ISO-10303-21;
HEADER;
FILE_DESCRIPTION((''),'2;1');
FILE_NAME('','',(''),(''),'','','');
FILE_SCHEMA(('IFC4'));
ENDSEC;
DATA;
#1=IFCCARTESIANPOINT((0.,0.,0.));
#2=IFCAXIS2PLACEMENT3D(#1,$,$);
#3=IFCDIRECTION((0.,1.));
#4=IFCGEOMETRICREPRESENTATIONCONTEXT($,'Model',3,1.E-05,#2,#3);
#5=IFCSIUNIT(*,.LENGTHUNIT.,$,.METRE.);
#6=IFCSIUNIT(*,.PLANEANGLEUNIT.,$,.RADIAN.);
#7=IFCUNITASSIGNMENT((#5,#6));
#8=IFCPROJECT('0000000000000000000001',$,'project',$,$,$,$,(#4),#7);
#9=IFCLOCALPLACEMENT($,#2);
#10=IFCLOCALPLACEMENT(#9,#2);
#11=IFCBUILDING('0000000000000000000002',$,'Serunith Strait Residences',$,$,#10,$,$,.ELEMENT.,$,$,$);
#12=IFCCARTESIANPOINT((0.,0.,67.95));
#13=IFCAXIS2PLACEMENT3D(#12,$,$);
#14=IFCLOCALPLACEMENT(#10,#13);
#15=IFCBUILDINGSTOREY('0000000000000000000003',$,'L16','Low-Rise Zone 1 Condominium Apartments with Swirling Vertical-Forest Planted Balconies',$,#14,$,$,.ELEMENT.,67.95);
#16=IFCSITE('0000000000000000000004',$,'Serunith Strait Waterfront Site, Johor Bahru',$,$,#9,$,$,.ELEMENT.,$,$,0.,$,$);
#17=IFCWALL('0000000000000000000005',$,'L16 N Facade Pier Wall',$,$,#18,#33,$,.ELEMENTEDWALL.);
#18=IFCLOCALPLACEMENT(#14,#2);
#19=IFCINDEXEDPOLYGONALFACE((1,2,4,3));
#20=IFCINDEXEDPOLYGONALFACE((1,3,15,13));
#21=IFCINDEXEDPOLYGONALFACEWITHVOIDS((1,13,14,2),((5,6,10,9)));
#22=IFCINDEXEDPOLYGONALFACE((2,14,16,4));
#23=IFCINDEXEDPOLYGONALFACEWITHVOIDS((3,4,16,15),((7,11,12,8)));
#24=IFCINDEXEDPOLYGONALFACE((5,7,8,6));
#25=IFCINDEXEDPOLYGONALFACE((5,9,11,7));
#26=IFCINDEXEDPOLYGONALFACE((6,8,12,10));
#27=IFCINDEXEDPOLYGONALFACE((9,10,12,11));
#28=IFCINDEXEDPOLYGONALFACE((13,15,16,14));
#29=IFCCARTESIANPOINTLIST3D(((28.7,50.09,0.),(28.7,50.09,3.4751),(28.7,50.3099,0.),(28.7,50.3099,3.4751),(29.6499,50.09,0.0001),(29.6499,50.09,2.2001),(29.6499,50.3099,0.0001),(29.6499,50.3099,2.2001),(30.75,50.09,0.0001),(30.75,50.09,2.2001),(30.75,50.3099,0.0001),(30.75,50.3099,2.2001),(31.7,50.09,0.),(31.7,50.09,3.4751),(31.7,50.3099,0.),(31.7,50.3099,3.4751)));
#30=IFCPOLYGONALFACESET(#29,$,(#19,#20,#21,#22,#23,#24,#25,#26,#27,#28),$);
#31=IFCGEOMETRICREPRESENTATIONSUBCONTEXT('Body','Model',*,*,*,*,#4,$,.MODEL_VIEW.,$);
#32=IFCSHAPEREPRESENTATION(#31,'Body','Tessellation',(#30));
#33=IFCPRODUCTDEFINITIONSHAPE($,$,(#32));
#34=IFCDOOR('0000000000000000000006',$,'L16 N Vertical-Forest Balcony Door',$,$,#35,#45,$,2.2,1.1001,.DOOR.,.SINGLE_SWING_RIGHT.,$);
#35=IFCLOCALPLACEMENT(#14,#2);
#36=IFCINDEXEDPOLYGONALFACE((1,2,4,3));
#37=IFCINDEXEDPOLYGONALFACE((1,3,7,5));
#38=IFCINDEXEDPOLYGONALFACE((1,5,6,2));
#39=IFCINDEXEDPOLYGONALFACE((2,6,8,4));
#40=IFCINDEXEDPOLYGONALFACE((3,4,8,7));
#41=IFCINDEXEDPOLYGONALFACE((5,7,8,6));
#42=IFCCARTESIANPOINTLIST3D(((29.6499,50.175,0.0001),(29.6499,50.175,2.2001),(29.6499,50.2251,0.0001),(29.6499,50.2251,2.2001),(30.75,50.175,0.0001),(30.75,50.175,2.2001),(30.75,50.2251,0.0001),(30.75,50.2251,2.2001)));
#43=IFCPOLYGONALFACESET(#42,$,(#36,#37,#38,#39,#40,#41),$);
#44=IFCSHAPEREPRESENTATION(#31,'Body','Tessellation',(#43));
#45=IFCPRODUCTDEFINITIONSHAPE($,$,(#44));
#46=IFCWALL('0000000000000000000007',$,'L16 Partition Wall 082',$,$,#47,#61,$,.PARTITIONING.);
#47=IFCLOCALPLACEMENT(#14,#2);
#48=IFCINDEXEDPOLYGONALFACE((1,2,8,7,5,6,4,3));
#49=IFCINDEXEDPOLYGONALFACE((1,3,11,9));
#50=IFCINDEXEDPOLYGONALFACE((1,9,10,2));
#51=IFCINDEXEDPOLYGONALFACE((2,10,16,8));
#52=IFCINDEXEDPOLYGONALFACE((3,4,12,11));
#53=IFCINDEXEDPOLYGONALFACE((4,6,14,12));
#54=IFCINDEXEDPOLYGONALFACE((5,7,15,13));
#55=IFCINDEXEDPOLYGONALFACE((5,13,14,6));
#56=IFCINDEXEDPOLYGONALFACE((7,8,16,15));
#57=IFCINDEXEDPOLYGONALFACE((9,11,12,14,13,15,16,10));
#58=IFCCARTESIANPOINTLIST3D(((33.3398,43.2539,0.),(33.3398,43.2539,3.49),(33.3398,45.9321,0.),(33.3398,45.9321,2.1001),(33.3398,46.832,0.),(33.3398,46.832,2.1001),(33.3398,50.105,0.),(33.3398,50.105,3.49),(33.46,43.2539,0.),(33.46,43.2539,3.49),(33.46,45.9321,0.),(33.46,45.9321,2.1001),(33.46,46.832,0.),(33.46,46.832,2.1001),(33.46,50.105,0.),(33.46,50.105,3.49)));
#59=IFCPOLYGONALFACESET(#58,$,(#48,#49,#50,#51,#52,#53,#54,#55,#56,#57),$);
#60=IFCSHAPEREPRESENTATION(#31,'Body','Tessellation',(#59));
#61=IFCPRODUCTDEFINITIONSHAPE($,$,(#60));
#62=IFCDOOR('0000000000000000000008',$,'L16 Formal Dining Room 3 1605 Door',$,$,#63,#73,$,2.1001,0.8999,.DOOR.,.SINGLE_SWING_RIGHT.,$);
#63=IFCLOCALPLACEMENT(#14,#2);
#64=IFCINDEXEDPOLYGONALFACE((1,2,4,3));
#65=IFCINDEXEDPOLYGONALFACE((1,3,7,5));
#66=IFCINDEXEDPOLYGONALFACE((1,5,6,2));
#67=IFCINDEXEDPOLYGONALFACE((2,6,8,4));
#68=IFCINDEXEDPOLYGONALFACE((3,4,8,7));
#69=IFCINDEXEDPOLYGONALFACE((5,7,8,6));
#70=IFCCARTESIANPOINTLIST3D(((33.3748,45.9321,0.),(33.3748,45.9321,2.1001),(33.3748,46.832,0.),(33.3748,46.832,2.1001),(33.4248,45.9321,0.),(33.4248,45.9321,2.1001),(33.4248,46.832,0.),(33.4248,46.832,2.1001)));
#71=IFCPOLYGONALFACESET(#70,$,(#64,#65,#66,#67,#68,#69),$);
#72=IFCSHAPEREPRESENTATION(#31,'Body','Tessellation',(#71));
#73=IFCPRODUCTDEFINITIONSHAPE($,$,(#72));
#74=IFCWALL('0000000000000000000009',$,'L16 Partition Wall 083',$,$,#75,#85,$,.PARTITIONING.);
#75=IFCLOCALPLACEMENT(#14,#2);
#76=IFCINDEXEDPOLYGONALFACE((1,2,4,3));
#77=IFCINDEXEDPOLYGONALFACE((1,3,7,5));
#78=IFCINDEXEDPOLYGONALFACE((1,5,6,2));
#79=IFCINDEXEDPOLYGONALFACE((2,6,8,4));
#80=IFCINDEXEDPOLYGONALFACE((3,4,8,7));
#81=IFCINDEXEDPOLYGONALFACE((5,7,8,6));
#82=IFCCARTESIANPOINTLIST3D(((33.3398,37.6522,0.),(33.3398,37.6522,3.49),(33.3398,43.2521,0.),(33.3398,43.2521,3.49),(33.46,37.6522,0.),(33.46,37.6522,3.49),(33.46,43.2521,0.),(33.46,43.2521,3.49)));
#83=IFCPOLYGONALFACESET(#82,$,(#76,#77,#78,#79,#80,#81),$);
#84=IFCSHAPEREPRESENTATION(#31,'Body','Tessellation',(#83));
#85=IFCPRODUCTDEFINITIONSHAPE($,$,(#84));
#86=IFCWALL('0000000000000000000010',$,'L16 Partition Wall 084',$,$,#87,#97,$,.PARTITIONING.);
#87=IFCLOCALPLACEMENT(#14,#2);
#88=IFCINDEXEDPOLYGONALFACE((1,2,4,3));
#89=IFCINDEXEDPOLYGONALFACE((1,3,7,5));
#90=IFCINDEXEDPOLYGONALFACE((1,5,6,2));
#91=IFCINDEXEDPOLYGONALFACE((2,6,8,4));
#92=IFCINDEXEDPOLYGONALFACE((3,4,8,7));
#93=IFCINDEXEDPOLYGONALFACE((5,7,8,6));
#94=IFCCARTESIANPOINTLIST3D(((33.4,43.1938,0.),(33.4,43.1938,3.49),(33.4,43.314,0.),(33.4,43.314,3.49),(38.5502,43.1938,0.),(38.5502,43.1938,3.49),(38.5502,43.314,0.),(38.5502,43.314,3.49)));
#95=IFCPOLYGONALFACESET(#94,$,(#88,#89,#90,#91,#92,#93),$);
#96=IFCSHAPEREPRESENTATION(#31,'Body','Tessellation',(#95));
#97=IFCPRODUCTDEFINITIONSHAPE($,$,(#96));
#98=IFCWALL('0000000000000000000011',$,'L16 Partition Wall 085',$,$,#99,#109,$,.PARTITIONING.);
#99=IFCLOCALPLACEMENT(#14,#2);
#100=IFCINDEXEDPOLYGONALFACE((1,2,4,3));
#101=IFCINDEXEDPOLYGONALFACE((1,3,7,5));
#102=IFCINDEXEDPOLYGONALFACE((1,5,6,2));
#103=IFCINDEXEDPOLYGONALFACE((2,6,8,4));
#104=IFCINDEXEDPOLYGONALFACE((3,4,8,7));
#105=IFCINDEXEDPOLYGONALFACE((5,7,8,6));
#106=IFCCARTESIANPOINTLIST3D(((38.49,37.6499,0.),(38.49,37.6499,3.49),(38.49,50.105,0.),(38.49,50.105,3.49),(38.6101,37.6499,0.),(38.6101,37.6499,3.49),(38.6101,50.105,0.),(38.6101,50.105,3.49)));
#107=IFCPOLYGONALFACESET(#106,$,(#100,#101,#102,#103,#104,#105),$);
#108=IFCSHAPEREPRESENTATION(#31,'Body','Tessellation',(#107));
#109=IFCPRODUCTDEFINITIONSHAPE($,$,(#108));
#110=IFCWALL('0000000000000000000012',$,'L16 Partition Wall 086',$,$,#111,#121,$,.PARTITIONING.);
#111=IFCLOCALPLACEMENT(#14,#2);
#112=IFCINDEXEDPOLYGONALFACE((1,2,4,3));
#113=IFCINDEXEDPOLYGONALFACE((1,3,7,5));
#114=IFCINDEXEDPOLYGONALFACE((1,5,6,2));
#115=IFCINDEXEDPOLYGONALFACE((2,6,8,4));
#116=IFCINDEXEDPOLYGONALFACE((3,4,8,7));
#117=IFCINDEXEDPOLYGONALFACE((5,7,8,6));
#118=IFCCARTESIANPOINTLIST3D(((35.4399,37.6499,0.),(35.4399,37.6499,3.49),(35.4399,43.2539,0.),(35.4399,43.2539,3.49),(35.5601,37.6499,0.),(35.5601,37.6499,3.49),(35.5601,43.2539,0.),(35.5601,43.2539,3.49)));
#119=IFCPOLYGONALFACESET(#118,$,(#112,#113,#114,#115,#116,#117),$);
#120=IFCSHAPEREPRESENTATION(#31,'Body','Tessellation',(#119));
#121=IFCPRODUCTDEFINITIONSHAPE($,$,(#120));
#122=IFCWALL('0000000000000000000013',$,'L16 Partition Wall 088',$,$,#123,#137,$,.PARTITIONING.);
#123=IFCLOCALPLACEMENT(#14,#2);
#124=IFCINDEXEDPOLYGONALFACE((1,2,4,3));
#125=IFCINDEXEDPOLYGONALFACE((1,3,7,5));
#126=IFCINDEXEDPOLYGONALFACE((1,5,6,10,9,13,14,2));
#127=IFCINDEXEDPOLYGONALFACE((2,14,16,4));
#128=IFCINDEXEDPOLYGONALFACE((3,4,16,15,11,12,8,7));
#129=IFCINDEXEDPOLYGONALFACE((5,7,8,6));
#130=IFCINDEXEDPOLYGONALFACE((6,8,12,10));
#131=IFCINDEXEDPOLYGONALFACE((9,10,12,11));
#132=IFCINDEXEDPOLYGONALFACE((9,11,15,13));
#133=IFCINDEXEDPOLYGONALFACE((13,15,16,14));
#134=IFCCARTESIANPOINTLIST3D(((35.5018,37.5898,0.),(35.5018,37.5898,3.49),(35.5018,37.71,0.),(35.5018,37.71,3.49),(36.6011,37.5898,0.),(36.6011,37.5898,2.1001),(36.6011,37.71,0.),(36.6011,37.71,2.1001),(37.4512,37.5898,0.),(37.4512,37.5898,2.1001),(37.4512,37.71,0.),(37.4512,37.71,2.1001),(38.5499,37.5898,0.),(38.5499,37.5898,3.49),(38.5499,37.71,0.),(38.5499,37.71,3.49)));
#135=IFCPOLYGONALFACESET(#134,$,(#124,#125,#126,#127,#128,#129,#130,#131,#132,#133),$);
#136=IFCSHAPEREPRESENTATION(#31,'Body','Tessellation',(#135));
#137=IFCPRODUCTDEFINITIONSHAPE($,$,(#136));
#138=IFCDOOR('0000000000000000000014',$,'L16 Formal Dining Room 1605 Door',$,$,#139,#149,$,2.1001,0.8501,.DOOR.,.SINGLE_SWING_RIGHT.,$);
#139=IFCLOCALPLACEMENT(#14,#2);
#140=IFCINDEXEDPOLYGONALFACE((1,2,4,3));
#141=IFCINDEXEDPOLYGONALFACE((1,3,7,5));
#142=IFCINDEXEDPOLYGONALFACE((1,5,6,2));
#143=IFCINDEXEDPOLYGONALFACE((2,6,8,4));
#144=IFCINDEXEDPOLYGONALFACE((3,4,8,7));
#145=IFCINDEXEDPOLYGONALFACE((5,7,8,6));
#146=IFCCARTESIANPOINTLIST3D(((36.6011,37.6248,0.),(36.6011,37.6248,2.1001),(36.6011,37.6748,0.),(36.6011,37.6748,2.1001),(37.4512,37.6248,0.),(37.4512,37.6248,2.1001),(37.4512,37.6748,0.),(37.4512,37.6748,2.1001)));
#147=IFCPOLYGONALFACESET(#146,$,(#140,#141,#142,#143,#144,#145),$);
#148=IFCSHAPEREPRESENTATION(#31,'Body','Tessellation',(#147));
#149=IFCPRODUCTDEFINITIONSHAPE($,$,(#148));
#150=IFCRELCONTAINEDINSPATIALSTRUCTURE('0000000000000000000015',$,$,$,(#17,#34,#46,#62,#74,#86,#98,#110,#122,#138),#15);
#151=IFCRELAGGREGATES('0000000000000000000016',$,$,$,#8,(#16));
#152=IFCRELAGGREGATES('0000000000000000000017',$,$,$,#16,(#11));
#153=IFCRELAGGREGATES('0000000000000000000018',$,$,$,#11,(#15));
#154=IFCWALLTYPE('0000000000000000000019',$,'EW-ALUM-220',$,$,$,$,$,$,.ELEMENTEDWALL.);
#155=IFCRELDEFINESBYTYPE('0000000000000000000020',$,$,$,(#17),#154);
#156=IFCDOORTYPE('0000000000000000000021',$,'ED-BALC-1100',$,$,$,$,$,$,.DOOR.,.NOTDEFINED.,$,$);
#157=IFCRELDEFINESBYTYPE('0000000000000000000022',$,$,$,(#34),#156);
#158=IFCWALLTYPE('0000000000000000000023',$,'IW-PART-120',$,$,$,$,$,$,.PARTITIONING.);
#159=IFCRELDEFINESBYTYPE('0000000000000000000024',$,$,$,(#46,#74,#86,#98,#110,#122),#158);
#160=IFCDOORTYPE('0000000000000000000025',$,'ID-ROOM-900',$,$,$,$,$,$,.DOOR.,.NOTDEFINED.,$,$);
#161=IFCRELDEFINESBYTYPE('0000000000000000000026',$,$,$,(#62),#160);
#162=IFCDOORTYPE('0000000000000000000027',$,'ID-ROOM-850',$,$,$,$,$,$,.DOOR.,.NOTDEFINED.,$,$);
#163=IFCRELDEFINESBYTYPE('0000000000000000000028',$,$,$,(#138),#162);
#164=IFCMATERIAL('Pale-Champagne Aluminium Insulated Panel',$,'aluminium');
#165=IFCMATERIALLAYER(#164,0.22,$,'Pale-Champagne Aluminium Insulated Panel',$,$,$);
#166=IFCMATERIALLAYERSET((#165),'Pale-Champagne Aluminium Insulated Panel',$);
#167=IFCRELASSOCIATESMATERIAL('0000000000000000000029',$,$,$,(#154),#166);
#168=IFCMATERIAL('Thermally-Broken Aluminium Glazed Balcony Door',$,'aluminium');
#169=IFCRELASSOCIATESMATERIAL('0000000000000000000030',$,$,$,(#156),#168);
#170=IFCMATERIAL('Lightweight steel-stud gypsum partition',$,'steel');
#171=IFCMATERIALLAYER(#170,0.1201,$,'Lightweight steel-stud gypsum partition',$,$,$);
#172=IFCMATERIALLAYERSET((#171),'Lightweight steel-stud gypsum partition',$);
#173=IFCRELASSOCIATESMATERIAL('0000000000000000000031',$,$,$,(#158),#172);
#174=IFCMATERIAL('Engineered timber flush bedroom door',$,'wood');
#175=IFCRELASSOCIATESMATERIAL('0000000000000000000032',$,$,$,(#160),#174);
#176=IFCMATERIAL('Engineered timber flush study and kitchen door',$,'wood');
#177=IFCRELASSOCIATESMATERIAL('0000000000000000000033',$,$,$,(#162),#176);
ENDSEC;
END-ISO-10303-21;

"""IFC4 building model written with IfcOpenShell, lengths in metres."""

from ifc_helpers import new_model, si_unit, direction, frame, frame_2d, origin, place, context, subcontext, project, spatial, rectangle, extrude, source, transform, mapped, material, layer, layer_set, type_object, element, fill, save


model = new_model("IFC4")

# Units and contexts
model_context = context("Model", 3, precision=1e-05, world=origin(), true_north=direction((0.0, 1.0)))
body_context = subcontext(model_context, "Body", "Model", "MODEL_VIEW")
ifc_project = project(units=[si_unit("LENGTHUNIT", "METRE"), si_unit("PLANEANGLEUNIT", "RADIAN")], contexts=[model_context])

# Site, building, storey
site_placement = place(None, origin())
site = spatial("IfcSite", under=ifc_project, at=site_placement, Name="Serunith Strait Waterfront Site, Johor Bahru", CompositionType="ELEMENT", RefElevation=0.0)
building_placement = place(site_placement, origin())
building = spatial("IfcBuilding", under=site, at=building_placement, Name="Serunith Strait Residences", CompositionType="ELEMENT")
storey_placement = place(building_placement, frame((0.0, 0.0, 67.95)))
storey = spatial("IfcBuildingStorey", under=building, at=storey_placement, Name="L16", Description="Low-Rise Zone 1 Condominium Apartments with Swirling Vertical-Forest Planted Balconies", CompositionType="ELEMENT", Elevation=67.95)

# Walls, openings, doors
ifc_material_1 = material(Name="Pale-Champagne Aluminium Insulated Panel", Category="aluminium")
ifc_layer_1 = layer(ifc_material_1, 0.22, Name="Pale-Champagne Aluminium Insulated Panel")
ifc_layer_set_1 = layer_set([ifc_layer_1], Name="Pale-Champagne Aluminium Insulated Panel")
wall_type_1 = type_object("IfcWallType", Name="EW-ALUM-220", PredefinedType="ELEMENTEDWALL", material=ifc_layer_set_1)
wall_1_placement = place(storey_placement, frame((31.7, 50.2, 0.0), z_axis=(0.0, 0.0, 1.0), x_axis=(-1.0, 0.0, 0.0)))
wall_1 = element("IfcWall", 1, at=wall_1_placement, inside=storey, type_object=wall_type_1, Name="L16 N Facade Pier Wall", PredefinedType="ELEMENTEDWALL", context=body_context, shape_type="SweptSolid", body=[
    extrude(rectangle(XDim=3.0, YDim=0.22, at=frame_2d((1.5, 0.0))), origin(), (0.0, 0.0, 1.0), 3.4751),
])
opening_1_placement = place(wall_1_placement, frame((0.95, 0.0, 0.0)))
opening_1 = element("IfcOpeningElement", 2, at=opening_1_placement, cuts=wall_1, PredefinedType="OPENING", context=body_context, shape_type="SweptSolid", body=[
    extrude(rectangle(XDim=1.1001, YDim=2.2, at=frame_2d((0.55, 1.1001))), frame((0.0, 0.1201, 0.0), z_axis=(0.0, -1.0, 0.0), x_axis=(1.0, 0.0, 0.0)), (0.0, 0.0, 1.0), 0.24),
])
ifc_material_2 = material(Name="Thermally-Broken Aluminium Glazed Balcony Door", Category="aluminium")
door_type_1 = type_object("IfcDoorType", Name="ED-BALC-1100", OperationType="NOTDEFINED", PredefinedType="DOOR", material=ifc_material_2)
shared_shape_1 = source(origin(), body_context, "Body", "SweptSolid", [
    extrude(rectangle(XDim=1.1001, YDim=2.2, at=frame_2d((0.55, 1.1001))), frame((0.0, 0.0249, 0.0), z_axis=(0.0, -1.0, 0.0), x_axis=(1.0, 0.0, 0.0)), (0.0, 0.0, 1.0), 0.05),
])
door_1_placement = place(opening_1_placement, origin())
door_1 = element("IfcDoor", 3, at=door_1_placement, inside=storey, type_object=door_type_1, Name="L16 N Vertical-Forest Balcony Door", OperationType="SINGLE_SWING_RIGHT", OverallHeight=2.2, OverallWidth=1.1001, PredefinedType="DOOR", context=body_context, shape_type="MappedRepresentation", body=[
    mapped(shared_shape_1, transform((0.0, 0.0, 0.0), scale=1.0)),
])
fill(opening_1, door_1)
ifc_material_3 = material(Name="Lightweight steel-stud gypsum partition", Category="steel")
ifc_layer_2 = layer(ifc_material_3, 0.1201, Name="Lightweight steel-stud gypsum partition")
ifc_layer_set_2 = layer_set([ifc_layer_2], Name="Lightweight steel-stud gypsum partition")
wall_type_2 = type_object("IfcWallType", Name="IW-PART-120", PredefinedType="PARTITIONING", material=ifc_layer_set_2)
wall_2_placement = place(storey_placement, frame((33.3999, 50.105, 0.0), z_axis=(0.0, 0.0, 1.0), x_axis=(0.0, -1.0, 0.0)))
wall_2 = element("IfcWall", 4, at=wall_2_placement, inside=storey, type_object=wall_type_2, Name="L16 Partition Wall 082", PredefinedType="PARTITIONING", context=body_context, shape_type="SweptSolid", body=[
    extrude(rectangle(XDim=6.8511, YDim=0.1201, at=frame_2d((3.4255, 0.0))), origin(), (0.0, 0.0, 1.0), 3.49),
])
opening_2_placement = place(wall_2_placement, frame((3.2729, 0.0, 0.0)))
opening_2 = element("IfcOpeningElement", 5, at=opening_2_placement, cuts=wall_2, PredefinedType="OPENING", context=body_context, shape_type="SweptSolid", body=[
    extrude(rectangle(XDim=0.8999, YDim=2.1001, at=frame_2d((0.45, 1.05))), frame((0.0, 0.0701, 0.0), z_axis=(0.0, -1.0, 0.0), x_axis=(1.0, 0.0, 0.0)), (0.0, 0.0, 1.0), 0.1401),
])
ifc_material_4 = material(Name="Engineered timber flush bedroom door", Category="wood")
door_type_2 = type_object("IfcDoorType", Name="ID-ROOM-900", OperationType="NOTDEFINED", PredefinedType="DOOR", material=ifc_material_4)
shared_shape_2 = source(origin(), body_context, "Body", "SweptSolid", [
    extrude(rectangle(XDim=0.8999, YDim=2.1001, at=frame_2d((0.45, 1.05))), frame((0.0, 0.0249, 0.0), z_axis=(0.0, -1.0, 0.0), x_axis=(1.0, 0.0, 0.0)), (0.0, 0.0, 1.0), 0.05),
])
door_2_placement = place(opening_2_placement, origin())
door_2 = element("IfcDoor", 6, at=door_2_placement, inside=storey, type_object=door_type_2, Name="L16 Formal Dining Room 3 1605 Door", OperationType="SINGLE_SWING_RIGHT", OverallHeight=2.1001, OverallWidth=0.8999, PredefinedType="DOOR", context=body_context, shape_type="MappedRepresentation", body=[
    mapped(shared_shape_2, transform((0.0, 0.0, 0.0), scale=1.0)),
])
fill(opening_2, door_2)

# Walls
wall_3_placement = place(storey_placement, frame((33.3999, 43.252, 0.0), z_axis=(0.0, 0.0, 1.0), x_axis=(0.0, -1.0, 0.0)))
element("IfcWall", 7, at=wall_3_placement, inside=storey, type_object=wall_type_2, Name="L16 Partition Wall 083", PredefinedType="PARTITIONING", context=body_context, shape_type="SweptSolid", body=[
    extrude(rectangle(XDim=5.5999, YDim=0.1201, at=frame_2d((2.7998, 0.0))), origin(), (0.0, 0.0, 1.0), 3.49),
])
wall_4_placement = place(storey_placement, frame((33.3999, 43.2539, 0.0), z_axis=(0.0, 0.0, 1.0), x_axis=(1.0, 0.0, 0.0)))
element("IfcWall", 8, at=wall_4_placement, inside=storey, type_object=wall_type_2, Name="L16 Partition Wall 084", PredefinedType="PARTITIONING", context=body_context, shape_type="SweptSolid", body=[
    extrude(rectangle(XDim=5.1501, YDim=0.1201, at=frame_2d((2.5752, 0.0))), origin(), (0.0, 0.0, 1.0), 3.49),
])
wall_5_placement = place(storey_placement, frame((38.55, 50.105, 0.0), z_axis=(0.0, 0.0, 1.0), x_axis=(0.0, -1.0, 0.0)))
element("IfcWall", 9, at=wall_5_placement, inside=storey, type_object=wall_type_2, Name="L16 Partition Wall 085", PredefinedType="PARTITIONING", context=body_context, shape_type="SweptSolid", body=[
    extrude(rectangle(XDim=12.4551, YDim=0.1201, at=frame_2d((6.2275, 0.0))), origin(), (0.0, 0.0, 1.0), 3.49),
])
wall_6_placement = place(storey_placement, frame((35.5, 43.2539, 0.0), z_axis=(0.0, 0.0, 1.0), x_axis=(0.0, -1.0, 0.0)))
element("IfcWall", 10, at=wall_6_placement, inside=storey, type_object=wall_type_2, Name="L16 Partition Wall 086", PredefinedType="PARTITIONING", context=body_context, shape_type="SweptSolid", body=[
    extrude(rectangle(XDim=5.604, YDim=0.1201, at=frame_2d((2.802, 0.0))), origin(), (0.0, 0.0, 1.0), 3.49),
])

# Wall, opening, door
wall_7_placement = place(storey_placement, frame((35.502, 37.6499, 0.0), z_axis=(0.0, 0.0, 1.0), x_axis=(1.0, 0.0, 0.0)))
wall_7 = element("IfcWall", 11, at=wall_7_placement, inside=storey, type_object=wall_type_2, Name="L16 Partition Wall 088", PredefinedType="PARTITIONING", context=body_context, shape_type="SweptSolid", body=[
    extrude(rectangle(XDim=3.0481, YDim=0.1201, at=frame_2d((1.5239, 0.0))), origin(), (0.0, 0.0, 1.0), 3.49),
])
opening_3_placement = place(wall_7_placement, frame((1.0991, 0.0, 0.0)))
opening_3 = element("IfcOpeningElement", 12, at=opening_3_placement, cuts=wall_7, PredefinedType="OPENING", context=body_context, shape_type="SweptSolid", body=[
    extrude(rectangle(XDim=0.8501, YDim=2.1001, at=frame_2d((0.425, 1.05))), frame((0.0, 0.0701, 0.0), z_axis=(0.0, -1.0, 0.0), x_axis=(1.0, 0.0, 0.0)), (0.0, 0.0, 1.0), 0.1401),
])
ifc_material_5 = material(Name="Engineered timber flush study and kitchen door", Category="wood")
door_type_3 = type_object("IfcDoorType", Name="ID-ROOM-850", OperationType="NOTDEFINED", PredefinedType="DOOR", material=ifc_material_5)
shared_shape_3 = source(origin(), body_context, "Body", "SweptSolid", [
    extrude(rectangle(XDim=0.8501, YDim=2.1001, at=frame_2d((0.425, 1.05))), frame((0.0, 0.0249, 0.0), z_axis=(0.0, -1.0, 0.0), x_axis=(1.0, 0.0, 0.0)), (0.0, 0.0, 1.0), 0.05),
])
door_3_placement = place(opening_3_placement, origin())
door_3 = element("IfcDoor", 13, at=door_3_placement, inside=storey, type_object=door_type_3, Name="L16 Formal Dining Room 1605 Door", OperationType="SINGLE_SWING_RIGHT", OverallHeight=2.1001, OverallWidth=0.8501, PredefinedType="DOOR", context=body_context, shape_type="MappedRepresentation", body=[
    mapped(shared_shape_3, transform((0.0, 0.0, 0.0), scale=1.0)),
])
fill(opening_3, door_3)

save(model, "model.ifc")
